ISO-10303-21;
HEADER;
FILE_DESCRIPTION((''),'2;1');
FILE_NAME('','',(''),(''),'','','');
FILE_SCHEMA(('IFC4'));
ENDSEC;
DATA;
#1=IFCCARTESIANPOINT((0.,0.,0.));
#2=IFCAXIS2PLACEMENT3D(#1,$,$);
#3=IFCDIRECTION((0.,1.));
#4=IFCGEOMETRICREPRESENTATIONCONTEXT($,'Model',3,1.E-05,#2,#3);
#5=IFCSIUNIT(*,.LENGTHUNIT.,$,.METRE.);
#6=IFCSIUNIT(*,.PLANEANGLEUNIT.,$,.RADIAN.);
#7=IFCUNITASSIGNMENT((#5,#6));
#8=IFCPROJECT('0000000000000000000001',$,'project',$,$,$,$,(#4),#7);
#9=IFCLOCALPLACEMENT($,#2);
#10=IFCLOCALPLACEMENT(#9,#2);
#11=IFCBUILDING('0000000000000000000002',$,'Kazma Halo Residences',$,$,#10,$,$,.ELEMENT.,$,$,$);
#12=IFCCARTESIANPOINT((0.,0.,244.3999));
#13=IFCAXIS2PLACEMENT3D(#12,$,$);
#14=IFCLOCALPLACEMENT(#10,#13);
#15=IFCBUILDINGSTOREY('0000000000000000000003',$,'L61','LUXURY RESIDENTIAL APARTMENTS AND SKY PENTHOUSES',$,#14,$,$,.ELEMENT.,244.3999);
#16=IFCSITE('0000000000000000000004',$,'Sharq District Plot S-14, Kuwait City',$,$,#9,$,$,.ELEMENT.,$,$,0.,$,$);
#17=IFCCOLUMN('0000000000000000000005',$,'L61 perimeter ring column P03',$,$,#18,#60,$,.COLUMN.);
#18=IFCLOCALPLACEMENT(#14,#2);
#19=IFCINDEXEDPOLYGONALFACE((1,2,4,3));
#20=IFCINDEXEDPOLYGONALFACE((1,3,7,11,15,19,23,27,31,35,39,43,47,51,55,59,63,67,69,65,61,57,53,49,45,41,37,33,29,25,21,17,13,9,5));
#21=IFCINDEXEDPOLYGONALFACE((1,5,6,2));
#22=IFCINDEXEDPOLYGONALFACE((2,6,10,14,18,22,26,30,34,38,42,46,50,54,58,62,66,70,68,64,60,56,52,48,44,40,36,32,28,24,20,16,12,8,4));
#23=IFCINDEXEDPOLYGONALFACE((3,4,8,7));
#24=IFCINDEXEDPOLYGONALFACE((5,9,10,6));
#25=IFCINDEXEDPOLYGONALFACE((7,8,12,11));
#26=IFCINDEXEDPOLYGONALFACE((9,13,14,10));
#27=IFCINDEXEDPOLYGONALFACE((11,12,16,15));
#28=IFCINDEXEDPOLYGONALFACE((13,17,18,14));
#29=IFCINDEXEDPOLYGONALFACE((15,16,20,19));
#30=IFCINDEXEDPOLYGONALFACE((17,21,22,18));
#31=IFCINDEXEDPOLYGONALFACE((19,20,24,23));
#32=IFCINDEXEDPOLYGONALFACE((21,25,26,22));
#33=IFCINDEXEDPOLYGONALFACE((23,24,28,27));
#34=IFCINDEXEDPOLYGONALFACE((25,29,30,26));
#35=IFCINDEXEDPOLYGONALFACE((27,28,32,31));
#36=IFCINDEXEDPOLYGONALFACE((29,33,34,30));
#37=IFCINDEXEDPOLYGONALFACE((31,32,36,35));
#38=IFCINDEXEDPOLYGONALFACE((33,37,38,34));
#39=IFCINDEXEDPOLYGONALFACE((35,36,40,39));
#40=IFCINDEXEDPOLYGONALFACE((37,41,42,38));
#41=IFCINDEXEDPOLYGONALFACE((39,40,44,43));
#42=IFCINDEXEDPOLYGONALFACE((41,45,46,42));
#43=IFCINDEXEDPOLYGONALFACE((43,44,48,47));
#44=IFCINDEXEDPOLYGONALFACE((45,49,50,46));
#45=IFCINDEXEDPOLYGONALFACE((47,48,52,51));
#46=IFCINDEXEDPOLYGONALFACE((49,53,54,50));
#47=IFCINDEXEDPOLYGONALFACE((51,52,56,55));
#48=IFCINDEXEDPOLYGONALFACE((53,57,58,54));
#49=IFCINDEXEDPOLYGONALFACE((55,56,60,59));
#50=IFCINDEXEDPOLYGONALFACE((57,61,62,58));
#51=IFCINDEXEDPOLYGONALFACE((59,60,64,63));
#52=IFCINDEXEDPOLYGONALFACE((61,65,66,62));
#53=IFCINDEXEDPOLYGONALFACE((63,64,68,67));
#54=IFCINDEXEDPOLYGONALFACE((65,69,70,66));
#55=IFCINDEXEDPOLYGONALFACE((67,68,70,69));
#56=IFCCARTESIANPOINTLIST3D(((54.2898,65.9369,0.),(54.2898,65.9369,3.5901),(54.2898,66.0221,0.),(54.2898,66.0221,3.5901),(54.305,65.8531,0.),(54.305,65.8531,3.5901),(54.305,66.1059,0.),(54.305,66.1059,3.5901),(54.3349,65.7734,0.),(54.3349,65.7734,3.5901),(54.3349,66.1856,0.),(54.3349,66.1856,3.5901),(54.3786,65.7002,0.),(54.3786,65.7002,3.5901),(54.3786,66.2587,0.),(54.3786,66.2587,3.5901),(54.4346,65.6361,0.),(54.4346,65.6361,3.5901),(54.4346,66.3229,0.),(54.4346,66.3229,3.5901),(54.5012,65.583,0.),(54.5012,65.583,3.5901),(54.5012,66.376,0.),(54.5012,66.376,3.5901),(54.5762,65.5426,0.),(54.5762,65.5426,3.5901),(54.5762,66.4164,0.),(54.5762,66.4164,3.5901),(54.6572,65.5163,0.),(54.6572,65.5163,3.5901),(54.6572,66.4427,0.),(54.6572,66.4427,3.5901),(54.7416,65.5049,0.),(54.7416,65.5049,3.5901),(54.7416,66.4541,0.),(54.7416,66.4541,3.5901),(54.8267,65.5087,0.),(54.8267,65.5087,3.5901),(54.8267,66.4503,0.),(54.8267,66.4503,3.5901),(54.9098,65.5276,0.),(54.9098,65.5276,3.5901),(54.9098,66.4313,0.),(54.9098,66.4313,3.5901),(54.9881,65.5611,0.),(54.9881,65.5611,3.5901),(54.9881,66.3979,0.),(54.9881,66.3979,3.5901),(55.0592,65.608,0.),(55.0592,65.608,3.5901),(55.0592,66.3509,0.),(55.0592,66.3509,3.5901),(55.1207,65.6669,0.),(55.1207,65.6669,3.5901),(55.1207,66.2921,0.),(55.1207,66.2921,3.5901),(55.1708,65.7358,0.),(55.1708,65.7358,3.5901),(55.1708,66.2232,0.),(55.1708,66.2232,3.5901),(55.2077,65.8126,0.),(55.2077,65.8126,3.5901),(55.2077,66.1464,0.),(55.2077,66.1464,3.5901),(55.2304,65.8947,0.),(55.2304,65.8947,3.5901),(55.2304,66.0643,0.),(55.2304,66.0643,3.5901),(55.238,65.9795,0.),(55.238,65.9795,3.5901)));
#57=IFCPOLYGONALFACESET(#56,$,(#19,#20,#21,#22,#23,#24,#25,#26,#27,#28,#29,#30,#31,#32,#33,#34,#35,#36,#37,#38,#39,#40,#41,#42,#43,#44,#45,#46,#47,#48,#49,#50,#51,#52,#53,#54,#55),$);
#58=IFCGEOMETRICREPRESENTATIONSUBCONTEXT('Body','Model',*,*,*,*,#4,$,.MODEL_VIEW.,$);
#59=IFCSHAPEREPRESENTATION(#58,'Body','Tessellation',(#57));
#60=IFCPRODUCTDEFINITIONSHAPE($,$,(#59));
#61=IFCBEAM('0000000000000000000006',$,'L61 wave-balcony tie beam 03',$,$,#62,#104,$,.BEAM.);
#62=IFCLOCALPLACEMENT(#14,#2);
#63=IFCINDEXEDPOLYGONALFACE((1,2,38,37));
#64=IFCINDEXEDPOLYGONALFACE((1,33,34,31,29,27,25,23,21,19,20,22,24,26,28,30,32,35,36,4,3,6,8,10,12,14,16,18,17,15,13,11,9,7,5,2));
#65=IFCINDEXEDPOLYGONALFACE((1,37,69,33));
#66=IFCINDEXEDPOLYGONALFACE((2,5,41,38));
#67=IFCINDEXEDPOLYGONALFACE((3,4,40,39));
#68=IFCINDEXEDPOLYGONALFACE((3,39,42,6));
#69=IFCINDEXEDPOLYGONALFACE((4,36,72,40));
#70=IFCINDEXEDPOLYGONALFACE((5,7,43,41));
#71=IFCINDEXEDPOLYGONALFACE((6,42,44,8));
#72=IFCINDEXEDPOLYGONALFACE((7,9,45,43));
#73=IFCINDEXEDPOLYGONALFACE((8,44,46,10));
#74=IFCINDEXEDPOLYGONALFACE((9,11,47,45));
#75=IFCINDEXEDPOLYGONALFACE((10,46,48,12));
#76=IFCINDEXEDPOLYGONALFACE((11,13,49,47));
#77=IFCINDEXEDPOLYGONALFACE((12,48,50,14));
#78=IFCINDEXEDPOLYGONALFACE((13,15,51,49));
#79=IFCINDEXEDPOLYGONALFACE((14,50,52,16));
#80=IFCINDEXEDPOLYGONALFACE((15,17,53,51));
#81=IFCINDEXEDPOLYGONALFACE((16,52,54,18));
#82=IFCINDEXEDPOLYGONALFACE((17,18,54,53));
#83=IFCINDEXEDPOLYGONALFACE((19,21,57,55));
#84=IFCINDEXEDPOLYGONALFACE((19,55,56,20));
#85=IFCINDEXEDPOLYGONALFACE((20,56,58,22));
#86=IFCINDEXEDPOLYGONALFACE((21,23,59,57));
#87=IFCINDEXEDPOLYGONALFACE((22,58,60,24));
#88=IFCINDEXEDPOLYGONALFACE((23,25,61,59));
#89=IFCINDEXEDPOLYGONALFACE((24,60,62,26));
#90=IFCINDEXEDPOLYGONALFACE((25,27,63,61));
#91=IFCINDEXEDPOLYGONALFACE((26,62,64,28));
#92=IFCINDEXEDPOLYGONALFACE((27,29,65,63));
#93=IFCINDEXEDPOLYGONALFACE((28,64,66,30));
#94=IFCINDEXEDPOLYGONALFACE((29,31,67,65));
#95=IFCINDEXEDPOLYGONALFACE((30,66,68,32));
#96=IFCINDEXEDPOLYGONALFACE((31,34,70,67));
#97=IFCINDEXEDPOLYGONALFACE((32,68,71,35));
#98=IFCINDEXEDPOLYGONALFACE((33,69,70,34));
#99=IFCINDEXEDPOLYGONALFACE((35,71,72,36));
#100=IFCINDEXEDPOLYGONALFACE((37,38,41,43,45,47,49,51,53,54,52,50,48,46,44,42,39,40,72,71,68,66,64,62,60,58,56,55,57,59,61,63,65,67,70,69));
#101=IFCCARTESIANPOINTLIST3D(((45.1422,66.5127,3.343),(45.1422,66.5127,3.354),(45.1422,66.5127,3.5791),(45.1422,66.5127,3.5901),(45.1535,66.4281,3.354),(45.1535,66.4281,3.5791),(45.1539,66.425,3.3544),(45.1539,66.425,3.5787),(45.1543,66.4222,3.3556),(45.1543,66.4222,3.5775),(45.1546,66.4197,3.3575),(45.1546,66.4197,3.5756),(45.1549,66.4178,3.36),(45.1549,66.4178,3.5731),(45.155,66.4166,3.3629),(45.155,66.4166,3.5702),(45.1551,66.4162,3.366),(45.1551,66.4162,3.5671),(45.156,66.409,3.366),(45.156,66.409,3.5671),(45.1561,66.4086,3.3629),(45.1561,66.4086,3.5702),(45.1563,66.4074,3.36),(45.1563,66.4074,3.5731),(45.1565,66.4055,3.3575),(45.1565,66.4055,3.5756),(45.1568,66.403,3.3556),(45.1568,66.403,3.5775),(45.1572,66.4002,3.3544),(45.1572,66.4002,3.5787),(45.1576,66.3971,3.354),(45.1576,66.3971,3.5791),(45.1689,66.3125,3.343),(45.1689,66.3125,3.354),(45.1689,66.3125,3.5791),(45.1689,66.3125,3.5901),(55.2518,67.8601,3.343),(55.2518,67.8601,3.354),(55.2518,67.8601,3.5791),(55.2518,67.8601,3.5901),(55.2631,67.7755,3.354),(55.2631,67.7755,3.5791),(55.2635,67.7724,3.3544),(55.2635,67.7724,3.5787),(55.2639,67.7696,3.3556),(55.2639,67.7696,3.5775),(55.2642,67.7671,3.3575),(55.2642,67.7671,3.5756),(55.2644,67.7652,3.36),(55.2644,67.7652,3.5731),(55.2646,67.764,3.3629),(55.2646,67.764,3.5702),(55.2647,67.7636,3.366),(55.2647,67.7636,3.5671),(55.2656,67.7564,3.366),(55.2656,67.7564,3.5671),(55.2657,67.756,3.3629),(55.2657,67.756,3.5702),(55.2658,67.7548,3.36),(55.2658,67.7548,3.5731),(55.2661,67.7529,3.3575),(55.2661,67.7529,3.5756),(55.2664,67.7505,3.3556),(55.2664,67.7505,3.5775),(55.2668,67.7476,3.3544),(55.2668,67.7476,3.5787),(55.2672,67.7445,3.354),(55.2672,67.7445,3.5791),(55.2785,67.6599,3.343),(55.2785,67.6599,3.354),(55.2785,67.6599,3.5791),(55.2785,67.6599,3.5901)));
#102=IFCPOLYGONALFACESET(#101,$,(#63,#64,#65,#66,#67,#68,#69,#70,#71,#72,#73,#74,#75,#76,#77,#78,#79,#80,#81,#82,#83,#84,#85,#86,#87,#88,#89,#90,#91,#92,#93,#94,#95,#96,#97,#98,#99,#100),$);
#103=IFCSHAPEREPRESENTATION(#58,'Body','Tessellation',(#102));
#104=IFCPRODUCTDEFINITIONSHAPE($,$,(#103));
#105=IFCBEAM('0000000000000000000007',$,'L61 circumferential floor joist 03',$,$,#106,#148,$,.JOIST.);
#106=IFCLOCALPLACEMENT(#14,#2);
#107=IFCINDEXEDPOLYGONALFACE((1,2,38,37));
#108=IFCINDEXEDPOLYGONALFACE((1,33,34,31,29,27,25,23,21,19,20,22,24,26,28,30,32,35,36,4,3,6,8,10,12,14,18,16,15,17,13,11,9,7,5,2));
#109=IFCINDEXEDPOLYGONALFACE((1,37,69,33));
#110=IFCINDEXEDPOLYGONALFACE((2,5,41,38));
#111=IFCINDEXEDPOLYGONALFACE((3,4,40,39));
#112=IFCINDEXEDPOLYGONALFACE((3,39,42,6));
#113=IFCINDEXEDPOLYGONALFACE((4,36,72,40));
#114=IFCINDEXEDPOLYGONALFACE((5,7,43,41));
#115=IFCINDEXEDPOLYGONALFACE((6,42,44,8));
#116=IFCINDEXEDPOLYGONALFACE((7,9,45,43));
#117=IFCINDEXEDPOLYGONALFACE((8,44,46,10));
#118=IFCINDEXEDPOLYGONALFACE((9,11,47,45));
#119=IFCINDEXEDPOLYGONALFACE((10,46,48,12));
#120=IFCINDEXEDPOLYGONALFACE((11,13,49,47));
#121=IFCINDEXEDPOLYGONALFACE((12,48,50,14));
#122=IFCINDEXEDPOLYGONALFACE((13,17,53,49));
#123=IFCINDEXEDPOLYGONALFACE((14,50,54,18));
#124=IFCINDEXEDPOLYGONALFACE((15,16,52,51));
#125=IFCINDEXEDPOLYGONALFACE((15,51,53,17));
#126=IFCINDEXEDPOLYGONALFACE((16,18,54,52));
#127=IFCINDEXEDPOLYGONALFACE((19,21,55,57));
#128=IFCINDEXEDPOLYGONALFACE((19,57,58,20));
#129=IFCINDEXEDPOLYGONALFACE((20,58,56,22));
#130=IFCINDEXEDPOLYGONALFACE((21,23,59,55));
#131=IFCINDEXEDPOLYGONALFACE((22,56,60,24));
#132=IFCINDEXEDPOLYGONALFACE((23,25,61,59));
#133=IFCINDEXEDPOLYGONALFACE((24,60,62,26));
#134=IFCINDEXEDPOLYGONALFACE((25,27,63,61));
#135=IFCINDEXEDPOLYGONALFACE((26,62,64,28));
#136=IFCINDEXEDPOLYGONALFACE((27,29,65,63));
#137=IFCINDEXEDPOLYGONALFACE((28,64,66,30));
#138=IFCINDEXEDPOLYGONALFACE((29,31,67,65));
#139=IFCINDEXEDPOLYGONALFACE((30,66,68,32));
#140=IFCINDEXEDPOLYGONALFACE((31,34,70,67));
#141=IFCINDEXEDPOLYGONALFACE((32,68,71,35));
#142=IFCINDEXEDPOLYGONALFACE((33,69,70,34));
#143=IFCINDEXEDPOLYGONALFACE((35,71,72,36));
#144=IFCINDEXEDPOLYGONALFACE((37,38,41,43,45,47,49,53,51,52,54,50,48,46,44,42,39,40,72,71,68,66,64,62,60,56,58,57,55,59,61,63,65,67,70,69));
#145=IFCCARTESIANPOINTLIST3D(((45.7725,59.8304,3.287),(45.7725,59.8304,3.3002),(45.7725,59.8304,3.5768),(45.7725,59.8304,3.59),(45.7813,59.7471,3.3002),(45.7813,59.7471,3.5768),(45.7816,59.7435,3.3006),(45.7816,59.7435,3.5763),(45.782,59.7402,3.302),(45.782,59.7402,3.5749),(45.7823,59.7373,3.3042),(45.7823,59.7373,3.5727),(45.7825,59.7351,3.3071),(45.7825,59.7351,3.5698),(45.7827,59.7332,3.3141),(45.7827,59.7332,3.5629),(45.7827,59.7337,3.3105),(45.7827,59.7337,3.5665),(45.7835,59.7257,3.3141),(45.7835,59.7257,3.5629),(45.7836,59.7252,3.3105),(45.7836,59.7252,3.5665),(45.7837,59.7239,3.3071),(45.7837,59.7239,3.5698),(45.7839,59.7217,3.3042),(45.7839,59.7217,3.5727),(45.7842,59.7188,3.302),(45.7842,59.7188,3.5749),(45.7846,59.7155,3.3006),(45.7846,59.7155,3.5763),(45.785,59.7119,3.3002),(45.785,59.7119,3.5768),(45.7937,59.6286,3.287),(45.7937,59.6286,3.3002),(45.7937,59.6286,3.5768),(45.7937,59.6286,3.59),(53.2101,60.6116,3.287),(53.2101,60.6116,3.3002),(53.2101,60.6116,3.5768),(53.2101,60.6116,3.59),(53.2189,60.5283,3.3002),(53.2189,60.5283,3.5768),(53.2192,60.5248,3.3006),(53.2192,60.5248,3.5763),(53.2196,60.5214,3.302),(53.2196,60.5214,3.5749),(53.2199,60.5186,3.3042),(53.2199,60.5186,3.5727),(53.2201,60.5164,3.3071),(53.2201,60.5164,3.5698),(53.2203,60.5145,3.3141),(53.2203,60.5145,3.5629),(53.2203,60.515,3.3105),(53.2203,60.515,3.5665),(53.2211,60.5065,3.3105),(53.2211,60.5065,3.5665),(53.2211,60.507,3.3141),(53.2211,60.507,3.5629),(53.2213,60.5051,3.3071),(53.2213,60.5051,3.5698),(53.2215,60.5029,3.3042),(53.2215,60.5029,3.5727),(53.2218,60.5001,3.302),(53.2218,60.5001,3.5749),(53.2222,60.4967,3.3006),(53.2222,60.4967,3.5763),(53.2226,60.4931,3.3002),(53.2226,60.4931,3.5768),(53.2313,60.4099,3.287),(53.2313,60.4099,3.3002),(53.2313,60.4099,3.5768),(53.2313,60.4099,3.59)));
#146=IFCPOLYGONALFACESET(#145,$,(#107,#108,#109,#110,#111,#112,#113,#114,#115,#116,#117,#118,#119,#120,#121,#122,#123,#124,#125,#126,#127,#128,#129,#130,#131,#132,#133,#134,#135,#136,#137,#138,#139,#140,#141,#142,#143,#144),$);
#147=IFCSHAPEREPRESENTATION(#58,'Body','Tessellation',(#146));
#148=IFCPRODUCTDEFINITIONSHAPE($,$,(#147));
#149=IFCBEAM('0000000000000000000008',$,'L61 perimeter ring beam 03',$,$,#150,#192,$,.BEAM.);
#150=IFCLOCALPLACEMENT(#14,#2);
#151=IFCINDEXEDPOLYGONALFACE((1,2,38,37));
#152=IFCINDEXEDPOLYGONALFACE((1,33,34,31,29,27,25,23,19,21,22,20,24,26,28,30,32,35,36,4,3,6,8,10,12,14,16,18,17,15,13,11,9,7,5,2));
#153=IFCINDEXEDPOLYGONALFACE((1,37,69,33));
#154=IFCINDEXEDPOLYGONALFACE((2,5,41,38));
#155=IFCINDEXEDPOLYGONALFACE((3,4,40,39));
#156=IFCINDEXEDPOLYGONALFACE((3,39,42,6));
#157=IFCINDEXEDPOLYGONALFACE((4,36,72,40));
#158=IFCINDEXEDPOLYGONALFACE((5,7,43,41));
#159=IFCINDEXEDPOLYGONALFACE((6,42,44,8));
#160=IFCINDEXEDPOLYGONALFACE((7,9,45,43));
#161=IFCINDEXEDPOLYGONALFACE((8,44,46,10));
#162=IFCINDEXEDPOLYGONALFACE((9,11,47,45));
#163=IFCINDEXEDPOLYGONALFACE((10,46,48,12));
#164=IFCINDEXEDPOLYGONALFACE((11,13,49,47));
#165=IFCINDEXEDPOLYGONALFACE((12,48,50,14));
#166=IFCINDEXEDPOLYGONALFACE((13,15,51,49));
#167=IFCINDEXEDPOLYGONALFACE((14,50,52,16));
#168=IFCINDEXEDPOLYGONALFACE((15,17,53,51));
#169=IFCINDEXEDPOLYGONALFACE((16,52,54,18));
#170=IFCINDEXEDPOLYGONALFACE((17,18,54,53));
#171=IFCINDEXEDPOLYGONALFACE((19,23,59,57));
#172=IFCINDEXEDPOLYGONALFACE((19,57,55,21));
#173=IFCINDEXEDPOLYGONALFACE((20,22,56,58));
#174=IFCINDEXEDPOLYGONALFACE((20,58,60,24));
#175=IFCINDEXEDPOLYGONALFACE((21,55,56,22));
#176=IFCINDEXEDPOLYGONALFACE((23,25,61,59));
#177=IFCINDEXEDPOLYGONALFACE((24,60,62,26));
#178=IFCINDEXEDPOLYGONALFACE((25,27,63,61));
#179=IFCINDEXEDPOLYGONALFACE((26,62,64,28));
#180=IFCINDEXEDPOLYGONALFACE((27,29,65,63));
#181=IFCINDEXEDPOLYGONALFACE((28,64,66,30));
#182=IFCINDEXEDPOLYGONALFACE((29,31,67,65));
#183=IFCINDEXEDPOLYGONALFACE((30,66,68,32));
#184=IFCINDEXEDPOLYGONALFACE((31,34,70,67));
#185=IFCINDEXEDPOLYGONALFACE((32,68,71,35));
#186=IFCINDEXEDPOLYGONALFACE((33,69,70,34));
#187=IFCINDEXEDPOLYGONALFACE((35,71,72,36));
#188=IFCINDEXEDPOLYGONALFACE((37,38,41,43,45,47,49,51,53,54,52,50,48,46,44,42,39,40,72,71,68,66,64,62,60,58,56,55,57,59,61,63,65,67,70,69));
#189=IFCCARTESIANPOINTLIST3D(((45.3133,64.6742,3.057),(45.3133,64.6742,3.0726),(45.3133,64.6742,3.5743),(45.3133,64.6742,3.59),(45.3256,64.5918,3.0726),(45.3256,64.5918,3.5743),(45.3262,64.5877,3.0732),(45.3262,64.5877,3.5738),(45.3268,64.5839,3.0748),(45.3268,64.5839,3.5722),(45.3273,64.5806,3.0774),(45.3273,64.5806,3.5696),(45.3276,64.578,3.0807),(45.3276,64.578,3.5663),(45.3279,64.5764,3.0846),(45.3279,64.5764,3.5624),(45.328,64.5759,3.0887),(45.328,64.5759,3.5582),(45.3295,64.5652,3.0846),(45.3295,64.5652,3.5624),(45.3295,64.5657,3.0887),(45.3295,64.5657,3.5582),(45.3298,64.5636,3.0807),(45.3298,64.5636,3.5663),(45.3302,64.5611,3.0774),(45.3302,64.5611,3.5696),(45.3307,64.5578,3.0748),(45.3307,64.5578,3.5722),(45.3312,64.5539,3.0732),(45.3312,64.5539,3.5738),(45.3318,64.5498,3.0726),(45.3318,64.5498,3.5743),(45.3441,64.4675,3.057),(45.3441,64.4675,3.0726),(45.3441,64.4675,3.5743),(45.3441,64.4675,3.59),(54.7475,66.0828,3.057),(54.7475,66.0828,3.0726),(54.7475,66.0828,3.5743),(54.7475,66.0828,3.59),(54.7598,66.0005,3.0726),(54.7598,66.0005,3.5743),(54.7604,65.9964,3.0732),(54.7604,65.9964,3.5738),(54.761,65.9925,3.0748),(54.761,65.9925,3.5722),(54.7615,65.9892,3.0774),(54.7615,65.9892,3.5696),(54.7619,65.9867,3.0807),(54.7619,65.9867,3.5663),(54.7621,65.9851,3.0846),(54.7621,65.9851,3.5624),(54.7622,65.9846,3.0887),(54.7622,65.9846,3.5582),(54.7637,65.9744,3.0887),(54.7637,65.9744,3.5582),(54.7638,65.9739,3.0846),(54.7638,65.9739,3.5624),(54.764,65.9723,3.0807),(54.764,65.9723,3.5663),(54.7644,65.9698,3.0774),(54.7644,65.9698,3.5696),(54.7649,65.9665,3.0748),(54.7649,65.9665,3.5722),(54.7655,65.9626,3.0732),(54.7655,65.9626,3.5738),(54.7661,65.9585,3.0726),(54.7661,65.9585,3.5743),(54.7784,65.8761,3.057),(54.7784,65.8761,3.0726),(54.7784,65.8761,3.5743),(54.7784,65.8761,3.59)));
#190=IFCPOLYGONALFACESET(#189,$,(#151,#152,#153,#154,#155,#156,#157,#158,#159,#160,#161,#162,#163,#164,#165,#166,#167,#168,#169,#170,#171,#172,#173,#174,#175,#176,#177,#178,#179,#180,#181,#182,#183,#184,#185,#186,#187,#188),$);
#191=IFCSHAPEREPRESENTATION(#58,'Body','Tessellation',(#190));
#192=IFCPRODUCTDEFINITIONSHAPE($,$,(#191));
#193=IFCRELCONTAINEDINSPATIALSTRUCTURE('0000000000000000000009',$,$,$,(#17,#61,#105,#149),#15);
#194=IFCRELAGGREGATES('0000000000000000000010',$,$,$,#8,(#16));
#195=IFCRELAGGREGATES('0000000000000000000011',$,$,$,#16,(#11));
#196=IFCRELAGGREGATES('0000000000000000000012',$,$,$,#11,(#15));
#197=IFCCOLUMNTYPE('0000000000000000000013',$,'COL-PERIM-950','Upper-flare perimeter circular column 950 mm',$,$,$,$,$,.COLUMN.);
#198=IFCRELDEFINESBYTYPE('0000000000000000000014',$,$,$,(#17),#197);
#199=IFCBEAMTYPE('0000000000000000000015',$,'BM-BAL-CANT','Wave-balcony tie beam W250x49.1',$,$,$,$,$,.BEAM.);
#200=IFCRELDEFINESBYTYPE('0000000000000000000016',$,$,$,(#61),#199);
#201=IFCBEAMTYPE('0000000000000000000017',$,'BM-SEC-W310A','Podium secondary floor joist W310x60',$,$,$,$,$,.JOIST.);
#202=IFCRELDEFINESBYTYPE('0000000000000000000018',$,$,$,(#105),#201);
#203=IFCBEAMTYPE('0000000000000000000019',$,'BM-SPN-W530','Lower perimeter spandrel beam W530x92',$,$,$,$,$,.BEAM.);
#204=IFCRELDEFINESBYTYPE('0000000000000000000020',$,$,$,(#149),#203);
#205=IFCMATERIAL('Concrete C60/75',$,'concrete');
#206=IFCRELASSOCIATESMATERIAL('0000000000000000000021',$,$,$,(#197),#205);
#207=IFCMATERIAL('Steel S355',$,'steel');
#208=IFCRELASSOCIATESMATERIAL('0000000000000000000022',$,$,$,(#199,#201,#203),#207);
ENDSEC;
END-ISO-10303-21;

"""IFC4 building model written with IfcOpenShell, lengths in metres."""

from ifc_helpers import new_model, si_unit, direction, frame, origin, origin_2d, place, context, subcontext, project, spatial, circle, i_section, extrude, material, material_profile, profile_set, type_object, element, save


model = new_model("IFC4")

# Units and contexts
model_context = context("Model", 3, precision=1e-05, world=origin(), true_north=direction((0.0, 1.0)))
body_context = subcontext(model_context, "Body", "Model", "MODEL_VIEW")
ifc_project = project(units=[si_unit("LENGTHUNIT", "METRE"), si_unit("PLANEANGLEUNIT", "RADIAN")], contexts=[model_context])

# Site, building, storey
site_placement = place(None, origin())
site = spatial("IfcSite", under=ifc_project, at=site_placement, Name="Sharq District Plot S-14, Kuwait City", CompositionType="ELEMENT", RefElevation=0.0)
building_placement = place(site_placement, origin())
building = spatial("IfcBuilding", under=site, at=building_placement, Name="Kazma Halo Residences", CompositionType="ELEMENT")
storey_placement = place(building_placement, frame((0.0, 0.0, 244.3999)))
storey = spatial("IfcBuildingStorey", under=building, at=storey_placement, Name="L61", Description="LUXURY RESIDENTIAL APARTMENTS AND SKY PENTHOUSES", CompositionType="ELEMENT", Elevation=244.3999)

# Column
ifc_material_1 = material(Name="Concrete C60/75", Category="concrete")
ifc_material_profile_1 = material_profile(ifc_material_1, circle(Radius=0.4751, at=origin_2d()), Name="CIRC950")
ifc_profile_set_1 = profile_set([ifc_material_profile_1], Name="Concrete C60/75")
column_type = type_object("IfcColumnType", Name="COL-PERIM-950", Description="Upper-flare perimeter circular column 950 mm", PredefinedType="COLUMN", material=ifc_profile_set_1)
column_placement = place(storey_placement, frame((54.7629, 65.9795, 0.0), z_axis=(0.0, 0.0, 1.0), x_axis=(1.0, 0.0, 0.0)))
element("IfcColumn", 1, at=column_placement, inside=storey, type_object=column_type, Name="L61 perimeter ring column P03", PredefinedType="COLUMN", context=body_context, shape_type="SweptSolid", body=[
    extrude(circle(Radius=0.4751, at=origin_2d()), origin(), (0.0, 0.0, 1.0), 3.5901),
])

# Beams
ifc_material_2 = material(Name="Steel S355", Category="steel")
ifc_material_profile_2 = material_profile(ifc_material_2, i_section(OverallWidth=0.2019, OverallDepth=0.2471, WebThickness=0.0073, FlangeThickness=0.011, FilletRadius=0.012, at=origin_2d()), Name="W250x49.1")
ifc_profile_set_2 = profile_set([ifc_material_profile_2], Name="Steel S355")
beam_type_1 = type_object("IfcBeamType", Name="BM-BAL-CANT", Description="Wave-balcony tie beam W250x49.1", PredefinedType="BEAM", material=ifc_profile_set_2)
beam_1_placement = place(storey_placement, frame((55.2651, 67.76, 3.4666), z_axis=(-0.991235, -0.132112, 0.0), x_axis=(0.132112, -0.991235, 0.0)))
element("IfcBeam", 2, at=beam_1_placement, inside=storey, type_object=beam_type_1, Name="L61 wave-balcony tie beam 03", PredefinedType="BEAM", context=body_context, shape_type="SweptSolid", body=[
    extrude(i_section(OverallWidth=0.2019, OverallDepth=0.2471, WebThickness=0.0073, FlangeThickness=0.011, FilletRadius=0.012, at=origin_2d()), origin(), (0.0, 0.0, 1.0), 10.199),
])
ifc_material_profile_3 = material_profile(ifc_material_2, i_section(OverallWidth=0.2029, OverallDepth=0.303, WebThickness=0.0076, FlangeThickness=0.0132, FilletRadius=0.0139, at=origin_2d()), Name="W310x60")
ifc_profile_set_3 = profile_set([ifc_material_profile_3], Name="Steel S355")
beam_type_2 = type_object("IfcBeamType", Name="BM-SEC-W310A", Description="Podium secondary floor joist W310x60", PredefinedType="JOIST", material=ifc_profile_set_3)
beam_2_placement = place(storey_placement, frame((53.2207, 60.5107, 3.4385), z_axis=(-0.994528, -0.104467, 0.0), x_axis=(0.104467, -0.994528, 0.0)))
element("IfcBeam", 3, at=beam_2_placement, inside=storey, type_object=beam_type_2, Name="L61 circumferential floor joist 03", PredefinedType="JOIST", context=body_context, shape_type="SweptSolid", body=[
    extrude(i_section(OverallWidth=0.2029, OverallDepth=0.303, WebThickness=0.0076, FlangeThickness=0.0132, FilletRadius=0.0139, at=origin_2d()), origin(), (0.0, 0.0, 1.0), 7.4785),
])
ifc_material_profile_4 = material_profile(ifc_material_2, i_section(OverallWidth=0.209, OverallDepth=0.533, WebThickness=0.0103, FlangeThickness=0.0156, FilletRadius=0.0161, at=origin_2d()), Name="W530x92")
ifc_profile_set_4 = profile_set([ifc_material_profile_4], Name="Steel S355")
beam_type_3 = type_object("IfcBeamType", Name="BM-SPN-W530", Description="Lower perimeter spandrel beam W530x92", PredefinedType="BEAM", material=ifc_profile_set_4)
beam_3_placement = place(storey_placement, frame((54.7629, 65.9795, 3.3235), z_axis=(-0.989035, -0.147678, 0.0), x_axis=(0.147678, -0.989035, 0.0)))
element("IfcBeam", 4, at=beam_3_placement, inside=storey, type_object=beam_type_3, Name="L61 perimeter ring beam 03", PredefinedType="BEAM", context=body_context, shape_type="SweptSolid", body=[
    extrude(i_section(OverallWidth=0.209, OverallDepth=0.533, WebThickness=0.0103, FlangeThickness=0.0156, FilletRadius=0.0161, at=origin_2d()), origin(), (0.0, 0.0, 1.0), 9.5388),
])

save(model, "model.ifc")
